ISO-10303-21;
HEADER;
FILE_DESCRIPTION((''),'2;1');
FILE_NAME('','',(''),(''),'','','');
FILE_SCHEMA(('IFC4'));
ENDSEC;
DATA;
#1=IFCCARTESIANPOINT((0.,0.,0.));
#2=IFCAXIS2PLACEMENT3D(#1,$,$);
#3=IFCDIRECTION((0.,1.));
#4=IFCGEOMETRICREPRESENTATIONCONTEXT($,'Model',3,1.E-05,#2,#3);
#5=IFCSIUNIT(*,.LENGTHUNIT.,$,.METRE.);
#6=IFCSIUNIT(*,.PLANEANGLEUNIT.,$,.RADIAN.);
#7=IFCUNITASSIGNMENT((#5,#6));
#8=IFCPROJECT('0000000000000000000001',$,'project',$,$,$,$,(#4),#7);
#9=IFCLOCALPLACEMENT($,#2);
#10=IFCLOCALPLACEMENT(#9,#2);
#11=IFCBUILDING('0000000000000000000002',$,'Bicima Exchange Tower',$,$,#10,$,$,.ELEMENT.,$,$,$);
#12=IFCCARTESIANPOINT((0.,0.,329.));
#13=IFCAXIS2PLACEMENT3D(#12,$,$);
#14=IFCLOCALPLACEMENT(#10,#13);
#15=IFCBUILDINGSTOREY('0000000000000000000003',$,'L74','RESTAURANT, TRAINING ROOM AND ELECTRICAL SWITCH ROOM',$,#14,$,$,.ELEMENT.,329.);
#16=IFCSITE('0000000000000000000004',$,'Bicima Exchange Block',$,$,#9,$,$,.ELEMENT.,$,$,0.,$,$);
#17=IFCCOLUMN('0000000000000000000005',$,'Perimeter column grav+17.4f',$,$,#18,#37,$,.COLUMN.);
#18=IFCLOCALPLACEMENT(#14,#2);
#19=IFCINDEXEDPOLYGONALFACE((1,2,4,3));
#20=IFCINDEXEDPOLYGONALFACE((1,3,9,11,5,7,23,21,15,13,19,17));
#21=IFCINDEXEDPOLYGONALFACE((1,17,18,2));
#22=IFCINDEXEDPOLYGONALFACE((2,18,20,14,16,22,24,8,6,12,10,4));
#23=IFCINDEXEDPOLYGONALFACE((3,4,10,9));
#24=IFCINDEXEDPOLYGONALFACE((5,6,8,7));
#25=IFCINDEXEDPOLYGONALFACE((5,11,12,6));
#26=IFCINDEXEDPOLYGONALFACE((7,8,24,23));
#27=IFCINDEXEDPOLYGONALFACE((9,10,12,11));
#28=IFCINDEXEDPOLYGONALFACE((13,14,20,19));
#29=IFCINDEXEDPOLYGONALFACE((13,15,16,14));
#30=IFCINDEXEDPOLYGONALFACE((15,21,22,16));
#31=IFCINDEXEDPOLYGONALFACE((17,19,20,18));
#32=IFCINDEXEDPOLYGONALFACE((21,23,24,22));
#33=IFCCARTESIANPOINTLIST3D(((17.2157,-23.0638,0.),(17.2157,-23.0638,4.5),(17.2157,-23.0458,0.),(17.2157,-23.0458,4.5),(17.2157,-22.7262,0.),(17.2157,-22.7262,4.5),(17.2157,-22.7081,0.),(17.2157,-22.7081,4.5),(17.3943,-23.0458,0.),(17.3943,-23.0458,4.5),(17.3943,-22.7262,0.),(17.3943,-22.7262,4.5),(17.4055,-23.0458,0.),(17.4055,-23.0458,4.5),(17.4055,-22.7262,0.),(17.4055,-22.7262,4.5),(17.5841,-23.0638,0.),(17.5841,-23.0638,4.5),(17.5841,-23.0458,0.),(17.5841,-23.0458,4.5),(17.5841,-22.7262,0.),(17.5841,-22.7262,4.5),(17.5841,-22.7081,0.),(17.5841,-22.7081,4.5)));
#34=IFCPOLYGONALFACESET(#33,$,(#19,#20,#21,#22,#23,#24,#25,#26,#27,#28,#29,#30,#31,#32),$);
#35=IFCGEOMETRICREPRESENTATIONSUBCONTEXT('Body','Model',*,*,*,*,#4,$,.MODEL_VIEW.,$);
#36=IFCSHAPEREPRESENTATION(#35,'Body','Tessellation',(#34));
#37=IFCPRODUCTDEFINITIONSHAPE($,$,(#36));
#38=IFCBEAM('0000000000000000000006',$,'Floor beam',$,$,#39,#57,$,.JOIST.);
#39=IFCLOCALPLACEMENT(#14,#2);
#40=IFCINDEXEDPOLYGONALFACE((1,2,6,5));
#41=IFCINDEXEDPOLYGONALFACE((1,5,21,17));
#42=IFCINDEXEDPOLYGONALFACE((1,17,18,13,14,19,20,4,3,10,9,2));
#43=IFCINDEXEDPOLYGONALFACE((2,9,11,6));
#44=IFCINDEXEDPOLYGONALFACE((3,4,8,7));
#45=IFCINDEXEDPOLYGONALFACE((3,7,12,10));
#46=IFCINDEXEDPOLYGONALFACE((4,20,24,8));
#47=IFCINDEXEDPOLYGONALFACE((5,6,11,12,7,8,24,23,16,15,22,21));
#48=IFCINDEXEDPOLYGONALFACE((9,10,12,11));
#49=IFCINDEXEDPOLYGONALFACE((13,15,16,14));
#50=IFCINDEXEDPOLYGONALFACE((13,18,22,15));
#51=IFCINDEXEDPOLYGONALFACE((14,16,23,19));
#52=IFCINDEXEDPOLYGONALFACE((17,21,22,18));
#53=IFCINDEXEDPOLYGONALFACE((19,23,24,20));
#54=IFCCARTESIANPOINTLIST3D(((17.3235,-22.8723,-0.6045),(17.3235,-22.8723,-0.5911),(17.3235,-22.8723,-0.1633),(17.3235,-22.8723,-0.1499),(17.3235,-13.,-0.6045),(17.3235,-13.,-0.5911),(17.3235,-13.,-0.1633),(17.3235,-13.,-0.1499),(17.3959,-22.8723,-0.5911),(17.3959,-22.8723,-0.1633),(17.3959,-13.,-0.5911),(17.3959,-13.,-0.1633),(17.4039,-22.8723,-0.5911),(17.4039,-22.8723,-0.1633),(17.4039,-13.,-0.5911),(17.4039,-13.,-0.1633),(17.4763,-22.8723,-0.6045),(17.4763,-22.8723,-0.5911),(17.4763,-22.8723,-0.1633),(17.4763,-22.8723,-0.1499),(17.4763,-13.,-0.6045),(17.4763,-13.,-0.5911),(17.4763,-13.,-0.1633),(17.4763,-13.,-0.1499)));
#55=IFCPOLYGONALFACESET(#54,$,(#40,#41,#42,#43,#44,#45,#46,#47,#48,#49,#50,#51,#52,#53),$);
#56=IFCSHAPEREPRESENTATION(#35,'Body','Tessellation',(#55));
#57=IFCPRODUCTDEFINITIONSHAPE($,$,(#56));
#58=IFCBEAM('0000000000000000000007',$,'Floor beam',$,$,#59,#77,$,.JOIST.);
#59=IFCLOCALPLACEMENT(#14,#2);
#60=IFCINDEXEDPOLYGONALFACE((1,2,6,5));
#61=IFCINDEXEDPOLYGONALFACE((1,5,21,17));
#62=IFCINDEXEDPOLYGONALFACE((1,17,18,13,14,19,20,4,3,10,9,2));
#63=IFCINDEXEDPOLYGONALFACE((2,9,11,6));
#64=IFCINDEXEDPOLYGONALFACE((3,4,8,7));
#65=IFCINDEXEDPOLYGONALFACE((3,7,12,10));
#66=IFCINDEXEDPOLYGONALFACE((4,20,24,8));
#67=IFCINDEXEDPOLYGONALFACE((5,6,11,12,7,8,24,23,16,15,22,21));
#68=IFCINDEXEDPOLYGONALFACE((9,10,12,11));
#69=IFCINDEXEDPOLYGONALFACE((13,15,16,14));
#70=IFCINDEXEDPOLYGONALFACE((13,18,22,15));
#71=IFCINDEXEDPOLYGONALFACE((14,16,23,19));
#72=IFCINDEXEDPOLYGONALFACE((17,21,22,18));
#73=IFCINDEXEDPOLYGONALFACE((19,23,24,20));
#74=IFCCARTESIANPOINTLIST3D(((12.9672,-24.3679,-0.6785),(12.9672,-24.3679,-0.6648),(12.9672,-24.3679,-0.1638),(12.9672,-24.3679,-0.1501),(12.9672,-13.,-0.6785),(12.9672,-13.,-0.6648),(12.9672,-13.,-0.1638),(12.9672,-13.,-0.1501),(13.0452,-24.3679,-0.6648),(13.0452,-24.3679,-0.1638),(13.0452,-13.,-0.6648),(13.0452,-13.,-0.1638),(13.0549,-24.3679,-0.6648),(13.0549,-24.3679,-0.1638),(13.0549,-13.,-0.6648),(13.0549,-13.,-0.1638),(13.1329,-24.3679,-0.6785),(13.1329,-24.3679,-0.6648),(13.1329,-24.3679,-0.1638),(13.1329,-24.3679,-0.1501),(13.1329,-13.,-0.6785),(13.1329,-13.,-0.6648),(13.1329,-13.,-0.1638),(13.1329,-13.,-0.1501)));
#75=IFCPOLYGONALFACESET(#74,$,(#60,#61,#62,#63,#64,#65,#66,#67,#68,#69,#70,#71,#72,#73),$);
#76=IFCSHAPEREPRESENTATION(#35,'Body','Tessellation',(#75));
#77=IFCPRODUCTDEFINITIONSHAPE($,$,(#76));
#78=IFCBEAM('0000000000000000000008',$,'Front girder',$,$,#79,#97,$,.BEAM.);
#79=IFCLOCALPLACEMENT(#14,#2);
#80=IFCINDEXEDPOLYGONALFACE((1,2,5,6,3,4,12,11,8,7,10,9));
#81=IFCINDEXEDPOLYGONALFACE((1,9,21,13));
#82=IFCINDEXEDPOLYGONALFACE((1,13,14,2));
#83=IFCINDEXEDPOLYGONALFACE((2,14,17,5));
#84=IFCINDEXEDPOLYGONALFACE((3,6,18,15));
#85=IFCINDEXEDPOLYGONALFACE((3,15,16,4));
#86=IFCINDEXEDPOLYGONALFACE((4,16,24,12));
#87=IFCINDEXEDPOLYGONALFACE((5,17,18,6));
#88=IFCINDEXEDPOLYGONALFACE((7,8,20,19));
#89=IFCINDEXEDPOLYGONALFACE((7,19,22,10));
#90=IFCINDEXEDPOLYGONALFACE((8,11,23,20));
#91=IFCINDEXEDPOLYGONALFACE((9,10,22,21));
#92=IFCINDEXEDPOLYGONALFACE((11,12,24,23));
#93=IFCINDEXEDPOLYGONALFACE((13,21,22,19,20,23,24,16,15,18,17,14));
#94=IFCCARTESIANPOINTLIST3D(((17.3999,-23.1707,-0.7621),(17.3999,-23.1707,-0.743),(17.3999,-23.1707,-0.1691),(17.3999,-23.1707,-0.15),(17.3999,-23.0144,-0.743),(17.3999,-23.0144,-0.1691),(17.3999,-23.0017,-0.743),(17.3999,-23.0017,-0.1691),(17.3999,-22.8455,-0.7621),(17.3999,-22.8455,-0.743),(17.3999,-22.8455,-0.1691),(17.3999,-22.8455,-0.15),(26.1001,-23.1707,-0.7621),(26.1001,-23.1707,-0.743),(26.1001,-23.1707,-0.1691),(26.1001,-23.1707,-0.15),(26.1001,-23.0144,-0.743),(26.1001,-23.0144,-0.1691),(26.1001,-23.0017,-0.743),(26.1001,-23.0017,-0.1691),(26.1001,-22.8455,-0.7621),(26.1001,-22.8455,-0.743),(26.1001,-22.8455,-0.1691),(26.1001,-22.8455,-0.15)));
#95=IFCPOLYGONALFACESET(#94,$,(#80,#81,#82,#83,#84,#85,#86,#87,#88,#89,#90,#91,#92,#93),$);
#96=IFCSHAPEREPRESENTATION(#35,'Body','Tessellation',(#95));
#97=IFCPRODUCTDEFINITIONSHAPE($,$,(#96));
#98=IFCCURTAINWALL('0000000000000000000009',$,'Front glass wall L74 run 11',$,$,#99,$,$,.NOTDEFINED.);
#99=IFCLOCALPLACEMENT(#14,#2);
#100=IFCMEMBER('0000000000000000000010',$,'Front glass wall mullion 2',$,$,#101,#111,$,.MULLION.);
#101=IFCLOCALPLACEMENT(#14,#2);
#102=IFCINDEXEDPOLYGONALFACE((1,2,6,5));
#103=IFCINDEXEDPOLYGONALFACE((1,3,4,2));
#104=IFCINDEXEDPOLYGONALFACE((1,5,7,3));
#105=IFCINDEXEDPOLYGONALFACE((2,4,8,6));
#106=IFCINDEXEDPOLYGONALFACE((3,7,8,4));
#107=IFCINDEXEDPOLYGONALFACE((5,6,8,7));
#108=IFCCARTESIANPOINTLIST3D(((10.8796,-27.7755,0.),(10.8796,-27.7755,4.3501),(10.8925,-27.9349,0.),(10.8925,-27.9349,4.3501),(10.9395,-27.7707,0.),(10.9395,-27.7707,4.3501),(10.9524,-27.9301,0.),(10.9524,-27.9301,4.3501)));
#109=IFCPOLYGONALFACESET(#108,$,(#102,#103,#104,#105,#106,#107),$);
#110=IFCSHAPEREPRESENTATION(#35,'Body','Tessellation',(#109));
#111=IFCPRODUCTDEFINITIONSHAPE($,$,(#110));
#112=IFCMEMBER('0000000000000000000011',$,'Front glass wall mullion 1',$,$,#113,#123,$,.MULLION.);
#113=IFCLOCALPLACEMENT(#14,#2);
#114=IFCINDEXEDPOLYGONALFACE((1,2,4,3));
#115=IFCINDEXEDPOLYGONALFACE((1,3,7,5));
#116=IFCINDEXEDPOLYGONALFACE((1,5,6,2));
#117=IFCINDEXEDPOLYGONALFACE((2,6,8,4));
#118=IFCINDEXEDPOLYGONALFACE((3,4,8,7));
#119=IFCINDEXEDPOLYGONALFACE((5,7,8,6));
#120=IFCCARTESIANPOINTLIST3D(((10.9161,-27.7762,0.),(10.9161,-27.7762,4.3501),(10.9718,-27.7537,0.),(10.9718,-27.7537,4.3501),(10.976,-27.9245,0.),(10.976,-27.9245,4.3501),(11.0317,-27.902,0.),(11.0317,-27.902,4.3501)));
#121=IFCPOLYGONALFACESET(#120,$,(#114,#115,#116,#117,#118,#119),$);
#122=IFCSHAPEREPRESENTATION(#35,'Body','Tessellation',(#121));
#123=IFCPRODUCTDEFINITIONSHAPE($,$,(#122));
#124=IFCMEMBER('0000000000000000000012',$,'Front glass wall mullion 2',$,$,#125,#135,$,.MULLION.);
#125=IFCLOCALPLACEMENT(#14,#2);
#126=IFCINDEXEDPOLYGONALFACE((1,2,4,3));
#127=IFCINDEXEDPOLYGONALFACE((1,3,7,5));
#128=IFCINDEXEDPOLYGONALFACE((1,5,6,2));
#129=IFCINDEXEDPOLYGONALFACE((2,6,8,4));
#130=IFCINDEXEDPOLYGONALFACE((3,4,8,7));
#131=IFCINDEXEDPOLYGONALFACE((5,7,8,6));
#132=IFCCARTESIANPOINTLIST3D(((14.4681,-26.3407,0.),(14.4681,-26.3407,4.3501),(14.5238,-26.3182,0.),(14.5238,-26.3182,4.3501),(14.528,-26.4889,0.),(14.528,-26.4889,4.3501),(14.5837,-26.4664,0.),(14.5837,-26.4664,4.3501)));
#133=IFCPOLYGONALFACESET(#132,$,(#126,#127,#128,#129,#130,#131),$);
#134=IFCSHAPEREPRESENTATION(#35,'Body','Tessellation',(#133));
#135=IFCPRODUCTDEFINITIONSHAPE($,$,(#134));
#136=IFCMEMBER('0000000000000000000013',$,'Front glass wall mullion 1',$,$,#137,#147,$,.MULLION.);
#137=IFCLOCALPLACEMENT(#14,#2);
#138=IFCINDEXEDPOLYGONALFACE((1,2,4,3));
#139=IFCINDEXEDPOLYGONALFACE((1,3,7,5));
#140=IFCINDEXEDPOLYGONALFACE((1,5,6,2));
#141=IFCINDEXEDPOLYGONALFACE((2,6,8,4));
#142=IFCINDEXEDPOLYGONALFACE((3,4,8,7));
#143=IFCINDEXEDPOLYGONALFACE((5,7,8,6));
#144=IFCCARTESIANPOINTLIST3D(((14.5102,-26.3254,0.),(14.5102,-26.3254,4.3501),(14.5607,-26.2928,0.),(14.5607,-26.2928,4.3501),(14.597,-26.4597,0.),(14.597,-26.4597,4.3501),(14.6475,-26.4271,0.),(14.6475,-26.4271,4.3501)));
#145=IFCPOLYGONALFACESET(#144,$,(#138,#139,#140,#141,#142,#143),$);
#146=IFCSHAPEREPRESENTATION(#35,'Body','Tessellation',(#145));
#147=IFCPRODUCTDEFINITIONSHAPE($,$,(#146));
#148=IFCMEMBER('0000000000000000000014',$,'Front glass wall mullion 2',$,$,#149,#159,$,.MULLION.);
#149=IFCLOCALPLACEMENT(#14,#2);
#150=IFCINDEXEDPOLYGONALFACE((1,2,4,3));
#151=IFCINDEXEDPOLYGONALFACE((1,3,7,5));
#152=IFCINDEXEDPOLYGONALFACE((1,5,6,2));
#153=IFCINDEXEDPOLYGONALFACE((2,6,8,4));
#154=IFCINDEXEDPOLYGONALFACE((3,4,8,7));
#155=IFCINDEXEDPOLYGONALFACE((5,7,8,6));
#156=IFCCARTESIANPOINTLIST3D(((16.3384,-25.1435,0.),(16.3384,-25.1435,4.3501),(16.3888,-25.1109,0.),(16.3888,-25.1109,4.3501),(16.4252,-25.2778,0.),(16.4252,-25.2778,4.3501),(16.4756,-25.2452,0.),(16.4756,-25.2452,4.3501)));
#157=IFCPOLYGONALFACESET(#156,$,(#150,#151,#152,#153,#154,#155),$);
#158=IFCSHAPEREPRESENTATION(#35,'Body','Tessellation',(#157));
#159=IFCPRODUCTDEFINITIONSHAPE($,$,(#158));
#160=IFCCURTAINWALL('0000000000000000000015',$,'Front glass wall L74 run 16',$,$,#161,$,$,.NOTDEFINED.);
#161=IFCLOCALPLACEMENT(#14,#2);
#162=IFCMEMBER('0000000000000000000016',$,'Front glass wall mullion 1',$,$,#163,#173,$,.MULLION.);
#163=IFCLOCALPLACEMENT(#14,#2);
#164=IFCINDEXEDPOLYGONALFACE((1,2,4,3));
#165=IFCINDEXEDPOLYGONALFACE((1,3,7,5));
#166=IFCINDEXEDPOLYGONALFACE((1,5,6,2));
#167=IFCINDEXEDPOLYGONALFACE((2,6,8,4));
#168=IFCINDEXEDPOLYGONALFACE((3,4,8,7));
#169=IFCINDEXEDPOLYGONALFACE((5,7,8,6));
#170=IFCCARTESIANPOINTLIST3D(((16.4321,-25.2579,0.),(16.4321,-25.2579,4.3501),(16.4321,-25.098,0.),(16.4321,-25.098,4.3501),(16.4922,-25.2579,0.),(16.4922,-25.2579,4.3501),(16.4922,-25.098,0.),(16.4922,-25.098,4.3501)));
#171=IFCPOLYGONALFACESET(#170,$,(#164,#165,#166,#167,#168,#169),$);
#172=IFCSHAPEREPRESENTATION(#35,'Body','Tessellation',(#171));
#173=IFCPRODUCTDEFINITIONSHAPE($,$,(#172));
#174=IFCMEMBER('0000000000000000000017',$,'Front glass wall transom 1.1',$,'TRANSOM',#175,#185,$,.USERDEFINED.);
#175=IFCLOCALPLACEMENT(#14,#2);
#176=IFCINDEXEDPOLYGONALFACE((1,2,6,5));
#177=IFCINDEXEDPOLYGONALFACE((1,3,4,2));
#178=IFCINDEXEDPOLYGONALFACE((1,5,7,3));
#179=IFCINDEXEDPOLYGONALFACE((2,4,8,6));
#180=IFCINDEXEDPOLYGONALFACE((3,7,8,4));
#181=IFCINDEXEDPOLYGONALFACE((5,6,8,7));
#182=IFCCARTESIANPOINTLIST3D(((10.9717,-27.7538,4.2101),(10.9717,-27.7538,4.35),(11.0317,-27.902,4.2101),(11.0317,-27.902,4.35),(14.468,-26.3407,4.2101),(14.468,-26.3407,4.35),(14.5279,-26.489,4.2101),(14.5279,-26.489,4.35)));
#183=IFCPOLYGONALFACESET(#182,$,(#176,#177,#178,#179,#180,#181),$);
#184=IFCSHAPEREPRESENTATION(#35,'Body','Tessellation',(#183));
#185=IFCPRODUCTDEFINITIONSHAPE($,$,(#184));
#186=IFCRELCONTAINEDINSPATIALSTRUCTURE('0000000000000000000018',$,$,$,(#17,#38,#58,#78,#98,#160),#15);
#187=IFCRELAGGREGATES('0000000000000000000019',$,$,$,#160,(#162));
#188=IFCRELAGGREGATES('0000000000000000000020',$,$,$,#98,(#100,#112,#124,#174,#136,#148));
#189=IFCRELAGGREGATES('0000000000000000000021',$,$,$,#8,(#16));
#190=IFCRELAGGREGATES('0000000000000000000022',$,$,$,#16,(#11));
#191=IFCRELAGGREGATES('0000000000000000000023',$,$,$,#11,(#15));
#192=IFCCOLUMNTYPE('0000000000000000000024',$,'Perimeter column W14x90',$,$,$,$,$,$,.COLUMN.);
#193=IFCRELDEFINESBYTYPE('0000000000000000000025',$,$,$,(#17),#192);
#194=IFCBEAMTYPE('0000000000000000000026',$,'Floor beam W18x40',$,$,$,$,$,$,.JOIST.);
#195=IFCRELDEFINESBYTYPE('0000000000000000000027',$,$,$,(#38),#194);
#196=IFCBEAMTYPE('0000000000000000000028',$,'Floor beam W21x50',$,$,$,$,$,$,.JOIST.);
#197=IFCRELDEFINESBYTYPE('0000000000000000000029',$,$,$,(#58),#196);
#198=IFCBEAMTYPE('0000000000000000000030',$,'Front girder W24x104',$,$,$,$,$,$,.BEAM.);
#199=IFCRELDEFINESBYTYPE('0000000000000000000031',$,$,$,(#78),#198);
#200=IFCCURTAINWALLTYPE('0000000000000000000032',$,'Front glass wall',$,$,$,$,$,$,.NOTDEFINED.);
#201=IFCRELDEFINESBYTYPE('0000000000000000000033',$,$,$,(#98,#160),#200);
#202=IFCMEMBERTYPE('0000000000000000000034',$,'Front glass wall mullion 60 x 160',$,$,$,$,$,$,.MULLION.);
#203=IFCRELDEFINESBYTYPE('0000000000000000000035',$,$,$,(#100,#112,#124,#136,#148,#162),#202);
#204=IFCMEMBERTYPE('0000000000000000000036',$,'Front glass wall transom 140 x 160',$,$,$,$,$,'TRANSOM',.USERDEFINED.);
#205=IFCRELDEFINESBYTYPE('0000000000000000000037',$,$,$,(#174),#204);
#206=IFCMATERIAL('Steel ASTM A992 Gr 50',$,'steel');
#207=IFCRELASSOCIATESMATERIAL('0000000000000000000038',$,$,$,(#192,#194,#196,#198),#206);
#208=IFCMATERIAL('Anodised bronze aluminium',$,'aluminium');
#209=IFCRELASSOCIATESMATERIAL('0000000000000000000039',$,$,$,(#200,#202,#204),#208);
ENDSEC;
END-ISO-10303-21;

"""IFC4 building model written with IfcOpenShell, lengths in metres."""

from ifc_helpers import new_model, si_unit, direction, frame, origin, origin_2d, place, context, subcontext, project, spatial, rectangle, i_section, extrude, material, material_profile, profile_set, type_object, element, aggregate, save


model = new_model("IFC4")

# Units and contexts
model_context = context("Model", 3, precision=1e-05, world=origin(), true_north=direction((0.0, 1.0)))
body_context = subcontext(model_context, "Body", "Model", "MODEL_VIEW")
ifc_project = project(units=[si_unit("LENGTHUNIT", "METRE"), si_unit("PLANEANGLEUNIT", "RADIAN")], contexts=[model_context])

# Site, building, storey
site_placement = place(None, origin())
site = spatial("IfcSite", under=ifc_project, at=site_placement, Name="Bicima Exchange Block", CompositionType="ELEMENT", RefElevation=0.0)
building_placement = place(site_placement, origin())
building = spatial("IfcBuilding", under=site, at=building_placement, Name="Bicima Exchange Tower", CompositionType="ELEMENT")
storey_placement = place(building_placement, frame((0.0, 0.0, 329.0)))
storey = spatial("IfcBuildingStorey", under=building, at=storey_placement, Name="L74", Description="RESTAURANT, TRAINING ROOM AND ELECTRICAL SWITCH ROOM", CompositionType="ELEMENT", Elevation=329.0)

# Column
ifc_material_1 = material(Name="Steel ASTM A992 Gr 50", Category="steel")
ifc_material_profile_1 = material_profile(ifc_material_1, i_section(OverallWidth=0.3684, OverallDepth=0.3557, WebThickness=0.0112, FlangeThickness=0.0181, at=origin_2d()))
ifc_profile_set_1 = profile_set([ifc_material_profile_1], Name="Steel ASTM A992 Gr 50")
column_type = type_object("IfcColumnType", Name="Perimeter column W14x90", PredefinedType="COLUMN", material=ifc_profile_set_1)
column_placement = place(storey_placement, frame((17.3999, -22.886, 0.0), z_axis=(0.0, 0.0, 1.0), x_axis=(1.0, 0.0, 0.0)))
element("IfcColumn", 1, at=column_placement, inside=storey, type_object=column_type, Name="Perimeter column grav+17.4f", PredefinedType="COLUMN", context=body_context, shape_type="SweptSolid", body=[
    extrude(i_section(OverallWidth=0.3684, OverallDepth=0.3557, WebThickness=0.0112, FlangeThickness=0.0181, at=origin_2d()), origin(), (0.0, 0.0, 1.0), 4.5),
])

# Beams
ifc_material_profile_2 = material_profile(ifc_material_1, i_section(OverallWidth=0.1528, OverallDepth=0.4546, WebThickness=0.0081, FlangeThickness=0.0134, at=origin_2d()))
ifc_profile_set_2 = profile_set([ifc_material_profile_2], Name="Steel ASTM A992 Gr 50")
beam_type_1 = type_object("IfcBeamType", Name="Floor beam W18x40", PredefinedType="JOIST", material=ifc_profile_set_2)
beam_1_placement = place(storey_placement, frame((17.3999, -13.0, -0.3772), z_axis=(0.0, -1.0, 0.0), x_axis=(1.0, 0.0, 0.0)))
element("IfcBeam", 2, at=beam_1_placement, inside=storey, type_object=beam_type_1, Name="Floor beam", PredefinedType="JOIST", context=body_context, shape_type="SweptSolid", body=[
    extrude(i_section(OverallWidth=0.1528, OverallDepth=0.4546, WebThickness=0.0081, FlangeThickness=0.0134, at=origin_2d()), origin(), (0.0, 0.0, 1.0), 9.8723),
])
ifc_material_profile_3 = material_profile(ifc_material_1, i_section(OverallWidth=0.1658, OverallDepth=0.5283, WebThickness=0.0098, FlangeThickness=0.0137, at=origin_2d()))
ifc_profile_set_3 = profile_set([ifc_material_profile_3], Name="Steel ASTM A992 Gr 50")
beam_type_2 = type_object("IfcBeamType", Name="Floor beam W21x50", PredefinedType="JOIST", material=ifc_profile_set_3)
beam_2_placement = place(storey_placement, frame((13.05, -13.0, -0.4143), z_axis=(0.0, -1.0, 0.0), x_axis=(1.0, 0.0, 0.0)))
element("IfcBeam", 3, at=beam_2_placement, inside=storey, type_object=beam_type_2, Name="Floor beam", PredefinedType="JOIST", context=body_context, shape_type="SweptSolid", body=[
    extrude(i_section(OverallWidth=0.1658, OverallDepth=0.5283, WebThickness=0.0098, FlangeThickness=0.0137, at=origin_2d()), origin(), (0.0, 0.0, 1.0), 11.3679),
])
ifc_material_profile_4 = material_profile(ifc_material_1, i_section(OverallWidth=0.3252, OverallDepth=0.6121, WebThickness=0.0127, FlangeThickness=0.019, at=origin_2d()))
ifc_profile_set_4 = profile_set([ifc_material_profile_4], Name="Steel ASTM A992 Gr 50")
beam_type_3 = type_object("IfcBeamType", Name="Front girder W24x104", PredefinedType="BEAM", material=ifc_profile_set_4)
beam_3_placement = place(storey_placement, frame((17.3999, -23.0081, -0.4561), z_axis=(1.0, 0.0, 0.0), x_axis=(0.0, 1.0, 0.0)))
element("IfcBeam", 4, at=beam_3_placement, inside=storey, type_object=beam_type_3, Name="Front girder", PredefinedType="BEAM", context=body_context, shape_type="SweptSolid", body=[
    extrude(i_section(OverallWidth=0.3252, OverallDepth=0.6121, WebThickness=0.0127, FlangeThickness=0.019, at=origin_2d()), origin(), (0.0, 0.0, 1.0), 8.7002),
])

# Curtain wall, members
ifc_material_2 = material(Name="Anodised bronze aluminium", Category="aluminium")
curtain_wall_type = type_object("IfcCurtainWallType", Name="Front glass wall", PredefinedType="NOTDEFINED", material=ifc_material_2)
curtain_wall_1_placement = place(storey_placement, origin())
curtain_wall_1 = element("IfcCurtainWall", 5, at=curtain_wall_1_placement, inside=storey, type_object=curtain_wall_type, Name="Front glass wall L74 run 11", PredefinedType="NOTDEFINED")
ifc_material_profile_5 = material_profile(ifc_material_2, rectangle(XDim=0.1599, YDim=0.0601, at=origin_2d()))
ifc_profile_set_5 = profile_set([ifc_material_profile_5], Name="Anodised bronze aluminium")
member_type_1 = type_object("IfcMemberType", Name="Front glass wall mullion 60 x 160", PredefinedType="MULLION", material=ifc_profile_set_5)
member_1_placement = place(storey_placement, frame((10.916, -27.8528, 0.0), z_axis=(0.0, 0.0, 1.0), x_axis=(-0.080589, 0.996747, 0.0)))
member_1 = element("IfcMember", 6, at=member_1_placement, type_object=member_type_1, Name="Front glass wall mullion 2", PredefinedType="MULLION", context=body_context, shape_type="SweptSolid", body=[
    extrude(rectangle(XDim=0.1599, YDim=0.0601, at=origin_2d()), origin(), (0.0, 0.0, 1.0), 4.3501),
])
member_2_placement = place(storey_placement, frame((10.9739, -27.8391, 0.0), z_axis=(0.0, 0.0, 1.0), x_axis=(-0.374705, 0.927144, 0.0)))
member_2 = element("IfcMember", 7, at=member_2_placement, type_object=member_type_1, Name="Front glass wall mullion 1", PredefinedType="MULLION", context=body_context, shape_type="SweptSolid", body=[
    extrude(rectangle(XDim=0.1599, YDim=0.0601, at=origin_2d()), origin(), (0.0, 0.0, 1.0), 4.3501),
])
member_3_placement = place(storey_placement, frame((14.5259, -26.4036, 0.0), z_axis=(0.0, 0.0, 1.0), x_axis=(-0.374705, 0.927144, 0.0)))
member_3 = element("IfcMember", 8, at=member_3_placement, type_object=member_type_1, Name="Front glass wall mullion 2", PredefinedType="MULLION", context=body_context, shape_type="SweptSolid", body=[
    extrude(rectangle(XDim=0.1599, YDim=0.0601, at=origin_2d()), origin(), (0.0, 0.0, 1.0), 4.3501),
])
member_4_placement = place(storey_placement, frame((14.5789, -26.3762, 0.0), z_axis=(0.0, 0.0, 1.0), x_axis=(-0.542909, 0.839791, 0.0)))
member_4 = element("IfcMember", 9, at=member_4_placement, type_object=member_type_1, Name="Front glass wall mullion 1", PredefinedType="MULLION", context=body_context, shape_type="SweptSolid", body=[
    extrude(rectangle(XDim=0.1599, YDim=0.0601, at=origin_2d()), origin(), (0.0, 0.0, 1.0), 4.3501),
])
member_5_placement = place(storey_placement, frame((16.407, -25.1943, 0.0), z_axis=(0.0, 0.0, 1.0), x_axis=(-0.542909, 0.839791, 0.0)))
member_5 = element("IfcMember", 10, at=member_5_placement, type_object=member_type_1, Name="Front glass wall mullion 2", PredefinedType="MULLION", context=body_context, shape_type="SweptSolid", body=[
    extrude(rectangle(XDim=0.1599, YDim=0.0601, at=origin_2d()), origin(), (0.0, 0.0, 1.0), 4.3501),
])

# Curtain wall, member
curtain_wall_2_placement = place(storey_placement, origin())
curtain_wall_2 = element("IfcCurtainWall", 11, at=curtain_wall_2_placement, inside=storey, type_object=curtain_wall_type, Name="Front glass wall L74 run 16", PredefinedType="NOTDEFINED")
member_6_placement = place(storey_placement, frame((16.4622, -25.178, 0.0), z_axis=(0.0, 0.0, 1.0), x_axis=(0.0, 1.0, 0.0)))
member_6 = element("IfcMember", 12, at=member_6_placement, type_object=member_type_1, Name="Front glass wall mullion 1", PredefinedType="MULLION", context=body_context, shape_type="SweptSolid", body=[
    extrude(rectangle(XDim=0.1599, YDim=0.0601, at=origin_2d()), origin(), (0.0, 0.0, 1.0), 4.3501),
])

# Member
ifc_material_profile_6 = material_profile(ifc_material_2, rectangle(XDim=0.1599, YDim=0.1399, at=origin_2d()))
ifc_profile_set_6 = profile_set([ifc_material_profile_6], Name="Anodised bronze aluminium")
member_type_2 = type_object("IfcMemberType", Name="Front glass wall transom 140 x 160", ElementType="TRANSOM", PredefinedType="USERDEFINED", material=ifc_profile_set_6)
member_7_placement = place(storey_placement, frame((11.0017, -27.8279, 4.28), z_axis=(0.92714, 0.374715, 0.0), x_axis=(-0.374715, 0.92714, 0.0)))
member_7 = element("IfcMember", 13, at=member_7_placement, type_object=member_type_2, Name="Front glass wall transom 1.1", ObjectType="TRANSOM", PredefinedType="USERDEFINED", context=body_context, shape_type="SweptSolid", body=[
    extrude(rectangle(XDim=0.1599, YDim=0.1399, at=origin_2d()), origin(), (0.0, 0.0, 1.0), 3.771),
])
aggregate(curtain_wall_2, [member_6])

aggregate(curtain_wall_1, [member_1, member_2, member_3, member_7, member_4, member_5])

save(model, "model.ifc")
